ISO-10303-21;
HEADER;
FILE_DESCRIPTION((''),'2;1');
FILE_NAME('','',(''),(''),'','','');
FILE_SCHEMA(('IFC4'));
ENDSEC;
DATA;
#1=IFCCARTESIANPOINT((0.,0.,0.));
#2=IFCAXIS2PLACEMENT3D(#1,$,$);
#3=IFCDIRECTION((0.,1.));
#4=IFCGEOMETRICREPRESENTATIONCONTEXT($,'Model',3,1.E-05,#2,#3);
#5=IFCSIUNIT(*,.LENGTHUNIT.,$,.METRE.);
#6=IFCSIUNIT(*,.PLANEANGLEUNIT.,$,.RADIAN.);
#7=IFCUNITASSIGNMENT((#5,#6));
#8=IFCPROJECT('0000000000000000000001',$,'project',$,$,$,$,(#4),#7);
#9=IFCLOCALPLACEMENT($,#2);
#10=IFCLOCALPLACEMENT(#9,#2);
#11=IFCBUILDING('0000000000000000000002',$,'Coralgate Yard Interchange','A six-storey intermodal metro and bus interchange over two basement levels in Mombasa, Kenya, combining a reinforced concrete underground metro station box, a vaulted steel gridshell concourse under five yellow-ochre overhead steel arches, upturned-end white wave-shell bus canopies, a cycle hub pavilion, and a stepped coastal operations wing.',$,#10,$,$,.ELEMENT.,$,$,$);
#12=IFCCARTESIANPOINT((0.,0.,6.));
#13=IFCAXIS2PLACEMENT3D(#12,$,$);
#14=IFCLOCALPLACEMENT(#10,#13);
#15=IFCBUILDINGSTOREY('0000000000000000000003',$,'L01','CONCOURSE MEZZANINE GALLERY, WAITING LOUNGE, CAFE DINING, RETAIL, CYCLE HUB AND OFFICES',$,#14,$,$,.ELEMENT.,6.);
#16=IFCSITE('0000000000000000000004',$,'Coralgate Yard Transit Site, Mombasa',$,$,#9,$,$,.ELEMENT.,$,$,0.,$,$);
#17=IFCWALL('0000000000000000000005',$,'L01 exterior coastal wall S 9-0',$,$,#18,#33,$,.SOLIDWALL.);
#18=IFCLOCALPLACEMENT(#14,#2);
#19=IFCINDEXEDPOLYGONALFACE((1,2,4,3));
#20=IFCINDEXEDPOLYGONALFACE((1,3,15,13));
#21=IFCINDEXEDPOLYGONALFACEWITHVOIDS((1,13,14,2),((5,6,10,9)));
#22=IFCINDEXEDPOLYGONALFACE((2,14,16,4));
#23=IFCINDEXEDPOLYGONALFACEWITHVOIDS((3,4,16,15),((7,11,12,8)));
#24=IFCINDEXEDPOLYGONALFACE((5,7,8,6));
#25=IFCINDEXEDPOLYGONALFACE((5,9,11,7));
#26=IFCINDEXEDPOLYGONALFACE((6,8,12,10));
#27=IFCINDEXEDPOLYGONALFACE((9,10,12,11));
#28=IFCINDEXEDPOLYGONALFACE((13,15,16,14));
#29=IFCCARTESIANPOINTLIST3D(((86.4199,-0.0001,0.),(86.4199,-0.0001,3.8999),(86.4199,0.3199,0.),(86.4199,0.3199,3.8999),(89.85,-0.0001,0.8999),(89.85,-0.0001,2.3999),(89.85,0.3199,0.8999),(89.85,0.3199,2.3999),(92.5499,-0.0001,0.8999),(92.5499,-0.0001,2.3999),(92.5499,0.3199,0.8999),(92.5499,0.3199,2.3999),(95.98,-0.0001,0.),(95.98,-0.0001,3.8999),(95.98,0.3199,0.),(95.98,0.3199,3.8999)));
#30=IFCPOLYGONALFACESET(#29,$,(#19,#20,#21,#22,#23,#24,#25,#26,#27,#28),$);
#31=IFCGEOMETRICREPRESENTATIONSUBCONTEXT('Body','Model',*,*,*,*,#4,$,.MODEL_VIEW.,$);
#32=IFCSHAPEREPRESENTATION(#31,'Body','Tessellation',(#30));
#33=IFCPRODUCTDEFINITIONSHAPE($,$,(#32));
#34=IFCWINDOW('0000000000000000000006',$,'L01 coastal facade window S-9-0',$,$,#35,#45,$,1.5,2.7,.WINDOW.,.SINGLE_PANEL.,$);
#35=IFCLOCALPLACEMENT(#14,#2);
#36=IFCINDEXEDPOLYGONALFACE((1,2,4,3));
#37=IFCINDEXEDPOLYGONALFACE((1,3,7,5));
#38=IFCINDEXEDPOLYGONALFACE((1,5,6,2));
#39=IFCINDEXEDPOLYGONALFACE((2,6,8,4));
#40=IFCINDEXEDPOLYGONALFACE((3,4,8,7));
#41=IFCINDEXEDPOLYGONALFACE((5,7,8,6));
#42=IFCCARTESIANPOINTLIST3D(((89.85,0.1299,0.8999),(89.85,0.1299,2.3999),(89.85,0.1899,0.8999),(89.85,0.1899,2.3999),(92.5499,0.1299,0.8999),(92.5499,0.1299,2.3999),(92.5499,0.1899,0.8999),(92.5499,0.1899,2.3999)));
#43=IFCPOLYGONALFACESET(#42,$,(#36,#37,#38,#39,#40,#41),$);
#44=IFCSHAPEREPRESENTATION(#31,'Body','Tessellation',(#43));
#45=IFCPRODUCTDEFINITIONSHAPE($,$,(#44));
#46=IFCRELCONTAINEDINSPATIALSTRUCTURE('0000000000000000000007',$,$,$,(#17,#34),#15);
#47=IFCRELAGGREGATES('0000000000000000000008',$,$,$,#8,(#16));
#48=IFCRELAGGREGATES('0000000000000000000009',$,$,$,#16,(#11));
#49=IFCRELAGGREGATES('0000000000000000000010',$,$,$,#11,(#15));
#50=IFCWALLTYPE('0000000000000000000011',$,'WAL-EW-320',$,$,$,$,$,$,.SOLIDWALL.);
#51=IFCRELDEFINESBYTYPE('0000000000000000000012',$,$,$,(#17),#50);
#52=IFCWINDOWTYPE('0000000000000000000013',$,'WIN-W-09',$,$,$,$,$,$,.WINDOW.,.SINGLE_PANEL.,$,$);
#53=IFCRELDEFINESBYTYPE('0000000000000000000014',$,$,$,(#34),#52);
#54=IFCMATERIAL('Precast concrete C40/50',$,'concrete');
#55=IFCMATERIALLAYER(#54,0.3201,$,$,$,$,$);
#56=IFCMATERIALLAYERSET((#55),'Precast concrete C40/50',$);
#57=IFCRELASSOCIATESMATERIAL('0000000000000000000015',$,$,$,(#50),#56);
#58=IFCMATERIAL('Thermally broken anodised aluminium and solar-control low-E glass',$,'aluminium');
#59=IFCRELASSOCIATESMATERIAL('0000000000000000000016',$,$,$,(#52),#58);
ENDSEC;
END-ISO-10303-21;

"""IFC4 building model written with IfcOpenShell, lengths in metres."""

from ifc_helpers import new_model, si_unit, direction, frame, frame_2d, origin, place, context, subcontext, project, spatial, rectangle, extrude, material, layer, layer_set, type_object, element, fill, save


model = new_model("IFC4")

# Units and contexts
model_context = context("Model", 3, precision=1e-05, world=origin(), true_north=direction((0.0, 1.0)))
body_context = subcontext(model_context, "Body", "Model", "MODEL_VIEW")
ifc_project = project(units=[si_unit("LENGTHUNIT", "METRE"), si_unit("PLANEANGLEUNIT", "RADIAN")], contexts=[model_context])

# Site, building, storey
site_placement = place(None, origin())
site = spatial("IfcSite", under=ifc_project, at=site_placement, Name="Coralgate Yard Transit Site, Mombasa", CompositionType="ELEMENT", RefElevation=0.0)
building_placement = place(site_placement, origin())
building = spatial("IfcBuilding", under=site, at=building_placement, Name="Coralgate Yard Interchange", Description="A six-storey intermodal metro and bus interchange over two basement levels in Mombasa, Kenya, combining a reinforced concrete underground metro station box, a vaulted steel gridshell concourse under five yellow-ochre overhead steel arches, upturned-end white wave-shell bus canopies, a cycle hub pavilion, and a stepped coastal operations wing.", CompositionType="ELEMENT")
storey_placement = place(building_placement, frame((0.0, 0.0, 6.0)))
storey = spatial("IfcBuildingStorey", under=building, at=storey_placement, Name="L01", Description="CONCOURSE MEZZANINE GALLERY, WAITING LOUNGE, CAFE DINING, RETAIL, CYCLE HUB AND OFFICES", CompositionType="ELEMENT", Elevation=6.0)

# Wall, opening, window
ifc_material_1 = material(Name="Precast concrete C40/50", Category="concrete")
ifc_layer_1 = layer(ifc_material_1, 0.3201)
ifc_layer_set_1 = layer_set([ifc_layer_1], Name="Precast concrete C40/50")
wall_type = type_object("IfcWallType", Name="WAL-EW-320", PredefinedType="SOLIDWALL", material=ifc_layer_set_1)
wall_placement = place(storey_placement, frame((95.98, 0.1599, 0.0), z_axis=(0.0, 0.0, 1.0), x_axis=(-1.0, 0.0, 0.0)))
wall = element("IfcWall", 1, at=wall_placement, inside=storey, type_object=wall_type, Name="L01 exterior coastal wall S 9-0", PredefinedType="SOLIDWALL", context=body_context, shape_type="SweptSolid", body=[
    extrude(rectangle(XDim=9.5601, YDim=0.3201, at=frame_2d((4.78, 0.0))), origin(), (0.0, 0.0, 1.0), 3.8999),
])
opening_placement = place(wall_placement, frame((3.4299, 0.0, 0.8999)))
opening = element("IfcOpeningElement", 2, at=opening_placement, cuts=wall, PredefinedType="OPENING", context=body_context, shape_type="SweptSolid", body=[
    extrude(rectangle(XDim=2.7, YDim=1.5, at=frame_2d((1.3501, 0.75))), frame((0.0, 0.1699, 0.0), z_axis=(0.0, -1.0, 0.0), x_axis=(1.0, 0.0, 0.0)), (0.0, 0.0, 1.0), 0.3401),
])
ifc_material_2 = material(Name="Thermally broken anodised aluminium and solar-control low-E glass", Category="aluminium")
window_type = type_object("IfcWindowType", Name="WIN-W-09", PartitioningType="SINGLE_PANEL", PredefinedType="WINDOW", material=ifc_material_2)
window_placement = place(opening_placement, origin())
window = element("IfcWindow", 3, at=window_placement, inside=storey, type_object=window_type, Name="L01 coastal facade window S-9-0", OverallHeight=1.5, OverallWidth=2.7, PartitioningType="SINGLE_PANEL", PredefinedType="WINDOW", context=body_context, shape_type="SweptSolid", body=[
    extrude(rectangle(XDim=2.7, YDim=1.5, at=frame_2d((1.3501, 0.75))), frame((0.0, 0.03, 0.0), z_axis=(0.0, -1.0, 0.0), x_axis=(1.0, 0.0, 0.0)), (0.0, 0.0, 1.0), 0.0601),
])
fill(opening, window)

save(model, "model.ifc")
